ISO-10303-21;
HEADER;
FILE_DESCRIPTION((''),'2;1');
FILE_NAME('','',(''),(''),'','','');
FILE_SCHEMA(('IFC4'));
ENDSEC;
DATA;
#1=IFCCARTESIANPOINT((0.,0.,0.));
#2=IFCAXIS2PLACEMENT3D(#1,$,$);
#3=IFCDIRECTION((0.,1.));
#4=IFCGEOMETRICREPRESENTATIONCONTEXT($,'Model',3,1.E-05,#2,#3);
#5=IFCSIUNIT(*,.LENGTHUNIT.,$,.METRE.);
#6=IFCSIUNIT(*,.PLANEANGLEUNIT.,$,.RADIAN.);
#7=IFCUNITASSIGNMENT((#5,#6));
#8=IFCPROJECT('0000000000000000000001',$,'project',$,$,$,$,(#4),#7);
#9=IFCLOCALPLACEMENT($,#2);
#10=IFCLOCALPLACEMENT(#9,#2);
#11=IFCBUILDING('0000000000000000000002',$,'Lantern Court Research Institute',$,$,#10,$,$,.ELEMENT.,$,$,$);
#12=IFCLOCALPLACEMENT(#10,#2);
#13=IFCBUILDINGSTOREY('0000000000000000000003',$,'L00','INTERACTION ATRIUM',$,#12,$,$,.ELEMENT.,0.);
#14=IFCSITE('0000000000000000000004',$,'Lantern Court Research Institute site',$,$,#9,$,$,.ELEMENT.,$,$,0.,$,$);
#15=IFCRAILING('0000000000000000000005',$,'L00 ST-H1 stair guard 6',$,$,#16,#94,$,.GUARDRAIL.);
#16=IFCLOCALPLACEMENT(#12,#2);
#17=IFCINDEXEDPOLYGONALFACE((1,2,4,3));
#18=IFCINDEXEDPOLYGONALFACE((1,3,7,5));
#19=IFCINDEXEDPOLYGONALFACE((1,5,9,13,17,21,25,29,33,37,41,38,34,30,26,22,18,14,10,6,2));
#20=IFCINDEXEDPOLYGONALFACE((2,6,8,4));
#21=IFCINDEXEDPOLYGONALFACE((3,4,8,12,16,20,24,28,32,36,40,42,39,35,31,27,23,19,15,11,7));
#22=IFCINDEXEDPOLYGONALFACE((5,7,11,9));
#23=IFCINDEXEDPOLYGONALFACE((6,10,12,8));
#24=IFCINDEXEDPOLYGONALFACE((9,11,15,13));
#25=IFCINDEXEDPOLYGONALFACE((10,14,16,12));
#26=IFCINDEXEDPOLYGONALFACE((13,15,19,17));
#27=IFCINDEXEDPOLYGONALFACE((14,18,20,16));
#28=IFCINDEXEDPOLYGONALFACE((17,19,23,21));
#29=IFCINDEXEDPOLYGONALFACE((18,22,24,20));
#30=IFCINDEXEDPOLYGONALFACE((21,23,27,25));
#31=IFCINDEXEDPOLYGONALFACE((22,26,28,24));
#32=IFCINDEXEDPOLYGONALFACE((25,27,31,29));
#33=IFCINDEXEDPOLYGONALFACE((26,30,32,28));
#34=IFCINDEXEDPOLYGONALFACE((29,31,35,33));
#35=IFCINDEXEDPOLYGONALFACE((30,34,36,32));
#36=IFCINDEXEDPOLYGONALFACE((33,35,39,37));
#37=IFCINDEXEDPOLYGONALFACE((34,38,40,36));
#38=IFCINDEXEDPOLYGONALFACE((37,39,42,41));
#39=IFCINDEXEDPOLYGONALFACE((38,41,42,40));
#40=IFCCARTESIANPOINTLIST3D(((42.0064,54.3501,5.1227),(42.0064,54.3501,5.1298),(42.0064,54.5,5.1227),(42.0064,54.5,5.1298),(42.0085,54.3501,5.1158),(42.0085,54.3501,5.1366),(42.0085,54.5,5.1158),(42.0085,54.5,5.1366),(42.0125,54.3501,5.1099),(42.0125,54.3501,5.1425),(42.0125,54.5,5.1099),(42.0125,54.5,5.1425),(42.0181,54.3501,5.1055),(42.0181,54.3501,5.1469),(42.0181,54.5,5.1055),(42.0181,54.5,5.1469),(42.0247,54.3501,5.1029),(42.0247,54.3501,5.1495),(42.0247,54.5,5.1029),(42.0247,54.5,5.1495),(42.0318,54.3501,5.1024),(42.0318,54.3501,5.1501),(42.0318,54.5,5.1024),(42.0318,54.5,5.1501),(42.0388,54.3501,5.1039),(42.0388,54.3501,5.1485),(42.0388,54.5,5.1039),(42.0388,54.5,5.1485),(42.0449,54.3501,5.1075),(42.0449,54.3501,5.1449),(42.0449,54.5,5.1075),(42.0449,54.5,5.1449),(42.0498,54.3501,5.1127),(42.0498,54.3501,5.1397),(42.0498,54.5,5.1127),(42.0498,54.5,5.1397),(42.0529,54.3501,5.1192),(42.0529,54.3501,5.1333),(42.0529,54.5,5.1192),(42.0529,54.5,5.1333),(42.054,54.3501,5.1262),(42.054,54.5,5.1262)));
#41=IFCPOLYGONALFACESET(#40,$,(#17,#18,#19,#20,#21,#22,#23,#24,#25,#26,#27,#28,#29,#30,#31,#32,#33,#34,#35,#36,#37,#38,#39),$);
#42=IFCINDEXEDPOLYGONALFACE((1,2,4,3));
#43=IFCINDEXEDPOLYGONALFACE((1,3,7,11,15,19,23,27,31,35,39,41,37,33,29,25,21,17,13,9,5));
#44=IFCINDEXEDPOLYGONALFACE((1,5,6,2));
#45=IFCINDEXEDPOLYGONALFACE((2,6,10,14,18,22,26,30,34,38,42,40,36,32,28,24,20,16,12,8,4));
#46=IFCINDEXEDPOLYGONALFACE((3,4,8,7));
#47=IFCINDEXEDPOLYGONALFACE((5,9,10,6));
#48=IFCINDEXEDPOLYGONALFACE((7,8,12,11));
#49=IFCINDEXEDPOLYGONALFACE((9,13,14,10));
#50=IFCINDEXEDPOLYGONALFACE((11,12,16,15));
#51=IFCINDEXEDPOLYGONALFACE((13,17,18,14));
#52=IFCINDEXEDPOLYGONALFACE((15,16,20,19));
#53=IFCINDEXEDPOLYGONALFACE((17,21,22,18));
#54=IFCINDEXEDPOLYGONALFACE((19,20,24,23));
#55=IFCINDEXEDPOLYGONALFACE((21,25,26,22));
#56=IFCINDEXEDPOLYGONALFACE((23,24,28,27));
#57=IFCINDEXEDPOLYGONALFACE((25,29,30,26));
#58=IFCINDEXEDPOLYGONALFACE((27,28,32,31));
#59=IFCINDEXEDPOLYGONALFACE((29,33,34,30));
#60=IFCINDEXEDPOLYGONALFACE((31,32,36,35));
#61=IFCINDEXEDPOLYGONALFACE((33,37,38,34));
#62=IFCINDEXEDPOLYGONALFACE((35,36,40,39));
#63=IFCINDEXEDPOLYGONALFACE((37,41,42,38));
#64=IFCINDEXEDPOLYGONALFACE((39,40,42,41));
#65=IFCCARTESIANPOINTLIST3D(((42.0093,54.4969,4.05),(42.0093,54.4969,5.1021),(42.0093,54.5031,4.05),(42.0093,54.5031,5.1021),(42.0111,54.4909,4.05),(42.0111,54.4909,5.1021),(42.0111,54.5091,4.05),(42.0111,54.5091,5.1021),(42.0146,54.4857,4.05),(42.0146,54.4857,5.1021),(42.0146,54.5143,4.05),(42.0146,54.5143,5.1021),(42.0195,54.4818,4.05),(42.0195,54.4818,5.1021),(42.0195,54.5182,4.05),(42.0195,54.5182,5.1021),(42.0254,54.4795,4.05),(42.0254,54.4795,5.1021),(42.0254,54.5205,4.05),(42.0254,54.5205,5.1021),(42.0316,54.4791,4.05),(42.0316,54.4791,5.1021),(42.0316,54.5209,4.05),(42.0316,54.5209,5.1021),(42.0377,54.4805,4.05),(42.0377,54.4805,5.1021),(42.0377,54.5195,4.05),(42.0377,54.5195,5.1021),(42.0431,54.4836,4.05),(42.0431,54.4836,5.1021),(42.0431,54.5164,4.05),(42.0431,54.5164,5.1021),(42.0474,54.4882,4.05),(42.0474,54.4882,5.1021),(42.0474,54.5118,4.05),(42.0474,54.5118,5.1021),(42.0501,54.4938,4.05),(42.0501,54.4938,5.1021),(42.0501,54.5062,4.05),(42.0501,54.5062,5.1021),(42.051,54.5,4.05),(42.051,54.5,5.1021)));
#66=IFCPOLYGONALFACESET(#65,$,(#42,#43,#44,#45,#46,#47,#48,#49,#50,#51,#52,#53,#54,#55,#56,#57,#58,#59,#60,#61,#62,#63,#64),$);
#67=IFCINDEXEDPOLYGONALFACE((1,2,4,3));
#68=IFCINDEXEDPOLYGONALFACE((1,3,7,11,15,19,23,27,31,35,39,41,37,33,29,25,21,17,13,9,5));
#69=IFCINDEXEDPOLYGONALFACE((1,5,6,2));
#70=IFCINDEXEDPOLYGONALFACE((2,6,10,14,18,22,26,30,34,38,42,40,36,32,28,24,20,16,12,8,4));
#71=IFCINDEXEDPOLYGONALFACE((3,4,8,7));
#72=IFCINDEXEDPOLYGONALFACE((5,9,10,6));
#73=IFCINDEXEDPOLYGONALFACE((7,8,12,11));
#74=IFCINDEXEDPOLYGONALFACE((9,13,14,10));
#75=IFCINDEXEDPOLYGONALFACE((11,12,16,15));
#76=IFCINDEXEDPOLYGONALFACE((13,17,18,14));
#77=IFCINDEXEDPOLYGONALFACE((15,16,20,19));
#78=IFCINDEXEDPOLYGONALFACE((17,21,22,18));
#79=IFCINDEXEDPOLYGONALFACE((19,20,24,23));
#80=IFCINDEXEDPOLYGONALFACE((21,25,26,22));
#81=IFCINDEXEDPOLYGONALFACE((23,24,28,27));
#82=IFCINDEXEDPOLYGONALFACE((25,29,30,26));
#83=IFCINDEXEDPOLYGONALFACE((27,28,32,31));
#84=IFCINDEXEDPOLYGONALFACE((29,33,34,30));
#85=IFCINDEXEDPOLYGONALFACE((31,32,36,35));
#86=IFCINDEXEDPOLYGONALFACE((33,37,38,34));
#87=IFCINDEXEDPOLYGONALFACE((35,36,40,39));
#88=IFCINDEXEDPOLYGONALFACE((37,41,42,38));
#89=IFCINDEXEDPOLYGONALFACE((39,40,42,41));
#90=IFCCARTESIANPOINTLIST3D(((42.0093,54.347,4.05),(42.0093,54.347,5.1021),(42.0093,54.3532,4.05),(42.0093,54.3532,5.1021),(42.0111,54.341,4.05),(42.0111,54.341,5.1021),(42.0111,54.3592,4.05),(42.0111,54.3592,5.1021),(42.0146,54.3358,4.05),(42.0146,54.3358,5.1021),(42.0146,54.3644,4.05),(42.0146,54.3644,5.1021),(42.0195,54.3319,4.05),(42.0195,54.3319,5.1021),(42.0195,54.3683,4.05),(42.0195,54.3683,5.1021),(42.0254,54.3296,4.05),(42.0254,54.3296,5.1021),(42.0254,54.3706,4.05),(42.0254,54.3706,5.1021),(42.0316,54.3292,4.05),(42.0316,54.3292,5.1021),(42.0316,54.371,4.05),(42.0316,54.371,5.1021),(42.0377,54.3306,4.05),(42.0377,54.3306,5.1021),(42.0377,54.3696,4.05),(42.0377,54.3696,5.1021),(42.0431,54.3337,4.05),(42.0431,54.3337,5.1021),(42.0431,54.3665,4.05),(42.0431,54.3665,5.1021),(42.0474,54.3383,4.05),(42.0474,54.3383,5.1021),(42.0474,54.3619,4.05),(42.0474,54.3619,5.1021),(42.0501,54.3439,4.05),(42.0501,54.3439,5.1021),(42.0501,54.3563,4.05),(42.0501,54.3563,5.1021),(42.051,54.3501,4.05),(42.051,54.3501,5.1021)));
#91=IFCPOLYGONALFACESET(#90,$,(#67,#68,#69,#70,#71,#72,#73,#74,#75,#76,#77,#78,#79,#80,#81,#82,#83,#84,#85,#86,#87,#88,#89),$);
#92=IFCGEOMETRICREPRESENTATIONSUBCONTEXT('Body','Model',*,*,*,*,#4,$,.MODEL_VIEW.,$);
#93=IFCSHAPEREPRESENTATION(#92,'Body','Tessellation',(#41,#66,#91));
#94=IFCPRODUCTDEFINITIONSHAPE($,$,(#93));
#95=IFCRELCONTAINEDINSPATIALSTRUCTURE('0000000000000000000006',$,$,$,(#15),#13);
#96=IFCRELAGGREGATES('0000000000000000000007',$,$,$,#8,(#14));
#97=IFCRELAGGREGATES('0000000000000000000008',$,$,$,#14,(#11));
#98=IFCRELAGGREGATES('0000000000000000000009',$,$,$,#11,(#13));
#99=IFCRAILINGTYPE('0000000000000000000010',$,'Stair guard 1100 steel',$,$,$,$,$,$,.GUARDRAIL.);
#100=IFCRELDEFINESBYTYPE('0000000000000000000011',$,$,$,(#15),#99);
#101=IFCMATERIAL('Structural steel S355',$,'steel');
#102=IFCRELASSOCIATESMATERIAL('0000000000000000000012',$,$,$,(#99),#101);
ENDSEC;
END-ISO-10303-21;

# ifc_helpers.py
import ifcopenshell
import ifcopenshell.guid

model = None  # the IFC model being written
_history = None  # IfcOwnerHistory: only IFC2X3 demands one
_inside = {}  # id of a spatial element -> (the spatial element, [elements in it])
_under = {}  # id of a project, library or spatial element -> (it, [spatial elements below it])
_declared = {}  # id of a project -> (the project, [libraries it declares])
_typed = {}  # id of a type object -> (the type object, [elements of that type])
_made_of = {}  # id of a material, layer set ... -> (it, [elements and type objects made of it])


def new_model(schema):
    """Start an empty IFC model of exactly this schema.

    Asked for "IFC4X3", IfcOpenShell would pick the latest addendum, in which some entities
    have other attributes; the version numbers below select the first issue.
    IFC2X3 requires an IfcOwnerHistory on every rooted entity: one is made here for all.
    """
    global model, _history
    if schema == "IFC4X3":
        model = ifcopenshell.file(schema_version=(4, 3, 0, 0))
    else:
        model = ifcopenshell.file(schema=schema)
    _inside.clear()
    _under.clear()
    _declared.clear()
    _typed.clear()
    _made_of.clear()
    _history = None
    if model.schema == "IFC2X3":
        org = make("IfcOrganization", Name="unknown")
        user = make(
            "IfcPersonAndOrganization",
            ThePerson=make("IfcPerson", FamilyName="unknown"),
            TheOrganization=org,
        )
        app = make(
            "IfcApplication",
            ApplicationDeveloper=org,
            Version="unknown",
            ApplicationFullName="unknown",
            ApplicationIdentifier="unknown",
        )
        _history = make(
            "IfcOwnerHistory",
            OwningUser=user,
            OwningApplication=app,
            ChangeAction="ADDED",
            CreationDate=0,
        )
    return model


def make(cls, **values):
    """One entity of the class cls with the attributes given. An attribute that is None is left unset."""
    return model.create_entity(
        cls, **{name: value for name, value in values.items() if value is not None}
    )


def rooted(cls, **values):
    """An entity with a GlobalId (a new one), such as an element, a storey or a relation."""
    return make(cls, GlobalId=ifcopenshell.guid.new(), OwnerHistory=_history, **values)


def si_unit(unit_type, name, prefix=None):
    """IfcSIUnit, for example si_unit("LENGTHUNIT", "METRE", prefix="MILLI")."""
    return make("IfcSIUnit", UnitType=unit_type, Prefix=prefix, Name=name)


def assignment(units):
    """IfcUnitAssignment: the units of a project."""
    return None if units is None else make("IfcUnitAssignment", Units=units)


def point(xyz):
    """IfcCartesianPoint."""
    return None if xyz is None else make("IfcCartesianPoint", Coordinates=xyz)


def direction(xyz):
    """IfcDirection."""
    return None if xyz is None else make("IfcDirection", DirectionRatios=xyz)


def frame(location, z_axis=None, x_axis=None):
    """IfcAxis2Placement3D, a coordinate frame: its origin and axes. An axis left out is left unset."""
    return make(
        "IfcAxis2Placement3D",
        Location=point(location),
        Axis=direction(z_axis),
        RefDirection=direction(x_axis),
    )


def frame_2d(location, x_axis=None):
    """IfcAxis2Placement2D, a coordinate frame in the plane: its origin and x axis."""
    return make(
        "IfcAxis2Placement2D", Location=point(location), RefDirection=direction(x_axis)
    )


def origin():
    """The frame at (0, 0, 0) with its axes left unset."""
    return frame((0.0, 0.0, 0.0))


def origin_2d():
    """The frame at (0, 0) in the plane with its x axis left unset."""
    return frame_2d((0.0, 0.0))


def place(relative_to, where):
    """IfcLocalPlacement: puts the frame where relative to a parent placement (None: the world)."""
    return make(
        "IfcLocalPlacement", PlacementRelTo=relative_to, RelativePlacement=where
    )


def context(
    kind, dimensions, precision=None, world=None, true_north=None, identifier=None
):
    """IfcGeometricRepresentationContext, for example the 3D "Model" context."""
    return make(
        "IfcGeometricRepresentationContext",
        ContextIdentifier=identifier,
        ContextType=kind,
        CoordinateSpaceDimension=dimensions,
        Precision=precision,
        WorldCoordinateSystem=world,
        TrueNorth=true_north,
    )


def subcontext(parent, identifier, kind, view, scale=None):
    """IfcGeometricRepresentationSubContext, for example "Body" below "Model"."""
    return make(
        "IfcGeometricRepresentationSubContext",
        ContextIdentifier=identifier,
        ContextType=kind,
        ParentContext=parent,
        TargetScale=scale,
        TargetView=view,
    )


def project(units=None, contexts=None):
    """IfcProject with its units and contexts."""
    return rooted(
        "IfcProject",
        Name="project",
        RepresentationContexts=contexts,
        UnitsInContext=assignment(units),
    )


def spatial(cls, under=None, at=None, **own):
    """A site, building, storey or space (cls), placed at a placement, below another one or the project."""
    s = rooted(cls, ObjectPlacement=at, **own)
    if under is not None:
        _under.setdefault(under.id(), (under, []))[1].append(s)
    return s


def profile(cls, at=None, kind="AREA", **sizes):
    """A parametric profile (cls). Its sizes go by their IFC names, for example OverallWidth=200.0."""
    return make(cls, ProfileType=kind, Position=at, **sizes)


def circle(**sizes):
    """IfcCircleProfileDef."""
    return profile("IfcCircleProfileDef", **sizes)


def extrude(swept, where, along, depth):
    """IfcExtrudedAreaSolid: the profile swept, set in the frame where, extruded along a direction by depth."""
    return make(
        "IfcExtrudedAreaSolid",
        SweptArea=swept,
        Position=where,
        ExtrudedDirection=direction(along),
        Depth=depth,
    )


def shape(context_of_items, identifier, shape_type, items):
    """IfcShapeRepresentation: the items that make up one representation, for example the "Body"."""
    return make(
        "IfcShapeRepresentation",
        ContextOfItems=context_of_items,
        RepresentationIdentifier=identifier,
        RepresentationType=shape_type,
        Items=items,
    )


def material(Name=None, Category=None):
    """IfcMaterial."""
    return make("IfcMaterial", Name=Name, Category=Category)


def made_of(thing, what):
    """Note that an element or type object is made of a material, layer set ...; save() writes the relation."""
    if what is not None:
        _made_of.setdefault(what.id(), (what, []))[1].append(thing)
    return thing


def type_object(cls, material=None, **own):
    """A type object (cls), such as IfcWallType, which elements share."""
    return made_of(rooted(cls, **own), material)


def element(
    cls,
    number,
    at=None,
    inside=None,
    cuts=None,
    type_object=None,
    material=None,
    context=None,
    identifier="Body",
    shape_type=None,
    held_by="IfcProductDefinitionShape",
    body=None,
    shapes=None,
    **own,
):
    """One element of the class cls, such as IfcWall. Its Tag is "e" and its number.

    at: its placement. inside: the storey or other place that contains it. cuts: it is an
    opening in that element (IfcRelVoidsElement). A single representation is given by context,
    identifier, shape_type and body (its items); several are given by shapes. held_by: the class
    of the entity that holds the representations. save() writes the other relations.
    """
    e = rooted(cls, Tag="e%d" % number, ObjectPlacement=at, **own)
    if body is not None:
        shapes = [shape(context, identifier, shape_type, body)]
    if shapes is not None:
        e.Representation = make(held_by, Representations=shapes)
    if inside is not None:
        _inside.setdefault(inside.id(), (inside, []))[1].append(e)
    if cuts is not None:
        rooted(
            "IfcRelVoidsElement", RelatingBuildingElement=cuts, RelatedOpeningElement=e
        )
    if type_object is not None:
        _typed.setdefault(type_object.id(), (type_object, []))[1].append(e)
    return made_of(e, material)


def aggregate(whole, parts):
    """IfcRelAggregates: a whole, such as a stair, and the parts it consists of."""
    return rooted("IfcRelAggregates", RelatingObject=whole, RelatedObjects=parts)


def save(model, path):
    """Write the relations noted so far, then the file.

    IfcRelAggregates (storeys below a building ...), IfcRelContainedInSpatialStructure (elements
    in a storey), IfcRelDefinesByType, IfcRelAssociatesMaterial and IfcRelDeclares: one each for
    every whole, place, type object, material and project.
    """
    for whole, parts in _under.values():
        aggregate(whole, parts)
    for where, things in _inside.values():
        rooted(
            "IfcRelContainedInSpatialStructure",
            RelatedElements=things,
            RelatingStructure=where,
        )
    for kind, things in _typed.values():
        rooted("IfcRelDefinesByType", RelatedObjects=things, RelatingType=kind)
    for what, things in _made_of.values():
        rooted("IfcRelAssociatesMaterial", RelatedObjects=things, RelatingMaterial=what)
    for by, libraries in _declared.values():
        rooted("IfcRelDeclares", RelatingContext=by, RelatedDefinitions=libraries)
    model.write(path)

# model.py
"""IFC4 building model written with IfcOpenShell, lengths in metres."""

from ifc_helpers import new_model, si_unit, direction, frame, origin, origin_2d, place, context, subcontext, project, spatial, circle, extrude, material, type_object, element, save


model = new_model("IFC4")

# Units and contexts
model_context = context("Model", 3, precision=1e-05, world=origin(), true_north=direction((0.0, 1.0)))
body_context = subcontext(model_context, "Body", "Model", "MODEL_VIEW")
ifc_project = project(units=[si_unit("LENGTHUNIT", "METRE"), si_unit("PLANEANGLEUNIT", "RADIAN")], contexts=[model_context])

# Site, building, storey
site_placement = place(None, origin())
site = spatial("IfcSite", under=ifc_project, at=site_placement, Name="Lantern Court Research Institute site", CompositionType="ELEMENT", RefElevation=0.0)
building_placement = place(site_placement, origin())
building = spatial("IfcBuilding", under=site, at=building_placement, Name="Lantern Court Research Institute", CompositionType="ELEMENT")
storey_placement = place(building_placement, origin())
storey = spatial("IfcBuildingStorey", under=building, at=storey_placement, Name="L00", Description="INTERACTION ATRIUM", CompositionType="ELEMENT", Elevation=0.0)

# Railing
ifc_material_1 = material(Name="Structural steel S355", Category="steel")
railing_type_1 = type_object("IfcRailingType", Name="Stair guard 1100 steel", PredefinedType="GUARDRAIL", material=ifc_material_1)
railing_1_placement = place(storey_placement, frame((42.03, 54.5, 4.05)))
element("IfcRailing", 1, at=railing_1_placement, inside=storey, type_object=railing_type_1, Name="L00 ST-H1 stair guard 6", PredefinedType="GUARDRAIL", context=body_context, shape_type="SweptSolid", body=[
    extrude(circle(Radius=0.0239, at=origin_2d()), frame((0.0, 0.0, 1.0762), z_axis=(0.0, -1.0, 0.0), x_axis=(1.0, 0.0, 0.0)), (0.0, 0.0, 1.0), 0.1499),
    extrude(circle(Radius=0.021, at=origin_2d()), origin(), (0.0, 0.0, 1.0), 1.052),
    extrude(circle(Radius=0.021, at=origin_2d()), frame((0.0, -0.1499, 0.0)), (0.0, 0.0, 1.0), 1.052),
])

save(model, "model.ifc")
